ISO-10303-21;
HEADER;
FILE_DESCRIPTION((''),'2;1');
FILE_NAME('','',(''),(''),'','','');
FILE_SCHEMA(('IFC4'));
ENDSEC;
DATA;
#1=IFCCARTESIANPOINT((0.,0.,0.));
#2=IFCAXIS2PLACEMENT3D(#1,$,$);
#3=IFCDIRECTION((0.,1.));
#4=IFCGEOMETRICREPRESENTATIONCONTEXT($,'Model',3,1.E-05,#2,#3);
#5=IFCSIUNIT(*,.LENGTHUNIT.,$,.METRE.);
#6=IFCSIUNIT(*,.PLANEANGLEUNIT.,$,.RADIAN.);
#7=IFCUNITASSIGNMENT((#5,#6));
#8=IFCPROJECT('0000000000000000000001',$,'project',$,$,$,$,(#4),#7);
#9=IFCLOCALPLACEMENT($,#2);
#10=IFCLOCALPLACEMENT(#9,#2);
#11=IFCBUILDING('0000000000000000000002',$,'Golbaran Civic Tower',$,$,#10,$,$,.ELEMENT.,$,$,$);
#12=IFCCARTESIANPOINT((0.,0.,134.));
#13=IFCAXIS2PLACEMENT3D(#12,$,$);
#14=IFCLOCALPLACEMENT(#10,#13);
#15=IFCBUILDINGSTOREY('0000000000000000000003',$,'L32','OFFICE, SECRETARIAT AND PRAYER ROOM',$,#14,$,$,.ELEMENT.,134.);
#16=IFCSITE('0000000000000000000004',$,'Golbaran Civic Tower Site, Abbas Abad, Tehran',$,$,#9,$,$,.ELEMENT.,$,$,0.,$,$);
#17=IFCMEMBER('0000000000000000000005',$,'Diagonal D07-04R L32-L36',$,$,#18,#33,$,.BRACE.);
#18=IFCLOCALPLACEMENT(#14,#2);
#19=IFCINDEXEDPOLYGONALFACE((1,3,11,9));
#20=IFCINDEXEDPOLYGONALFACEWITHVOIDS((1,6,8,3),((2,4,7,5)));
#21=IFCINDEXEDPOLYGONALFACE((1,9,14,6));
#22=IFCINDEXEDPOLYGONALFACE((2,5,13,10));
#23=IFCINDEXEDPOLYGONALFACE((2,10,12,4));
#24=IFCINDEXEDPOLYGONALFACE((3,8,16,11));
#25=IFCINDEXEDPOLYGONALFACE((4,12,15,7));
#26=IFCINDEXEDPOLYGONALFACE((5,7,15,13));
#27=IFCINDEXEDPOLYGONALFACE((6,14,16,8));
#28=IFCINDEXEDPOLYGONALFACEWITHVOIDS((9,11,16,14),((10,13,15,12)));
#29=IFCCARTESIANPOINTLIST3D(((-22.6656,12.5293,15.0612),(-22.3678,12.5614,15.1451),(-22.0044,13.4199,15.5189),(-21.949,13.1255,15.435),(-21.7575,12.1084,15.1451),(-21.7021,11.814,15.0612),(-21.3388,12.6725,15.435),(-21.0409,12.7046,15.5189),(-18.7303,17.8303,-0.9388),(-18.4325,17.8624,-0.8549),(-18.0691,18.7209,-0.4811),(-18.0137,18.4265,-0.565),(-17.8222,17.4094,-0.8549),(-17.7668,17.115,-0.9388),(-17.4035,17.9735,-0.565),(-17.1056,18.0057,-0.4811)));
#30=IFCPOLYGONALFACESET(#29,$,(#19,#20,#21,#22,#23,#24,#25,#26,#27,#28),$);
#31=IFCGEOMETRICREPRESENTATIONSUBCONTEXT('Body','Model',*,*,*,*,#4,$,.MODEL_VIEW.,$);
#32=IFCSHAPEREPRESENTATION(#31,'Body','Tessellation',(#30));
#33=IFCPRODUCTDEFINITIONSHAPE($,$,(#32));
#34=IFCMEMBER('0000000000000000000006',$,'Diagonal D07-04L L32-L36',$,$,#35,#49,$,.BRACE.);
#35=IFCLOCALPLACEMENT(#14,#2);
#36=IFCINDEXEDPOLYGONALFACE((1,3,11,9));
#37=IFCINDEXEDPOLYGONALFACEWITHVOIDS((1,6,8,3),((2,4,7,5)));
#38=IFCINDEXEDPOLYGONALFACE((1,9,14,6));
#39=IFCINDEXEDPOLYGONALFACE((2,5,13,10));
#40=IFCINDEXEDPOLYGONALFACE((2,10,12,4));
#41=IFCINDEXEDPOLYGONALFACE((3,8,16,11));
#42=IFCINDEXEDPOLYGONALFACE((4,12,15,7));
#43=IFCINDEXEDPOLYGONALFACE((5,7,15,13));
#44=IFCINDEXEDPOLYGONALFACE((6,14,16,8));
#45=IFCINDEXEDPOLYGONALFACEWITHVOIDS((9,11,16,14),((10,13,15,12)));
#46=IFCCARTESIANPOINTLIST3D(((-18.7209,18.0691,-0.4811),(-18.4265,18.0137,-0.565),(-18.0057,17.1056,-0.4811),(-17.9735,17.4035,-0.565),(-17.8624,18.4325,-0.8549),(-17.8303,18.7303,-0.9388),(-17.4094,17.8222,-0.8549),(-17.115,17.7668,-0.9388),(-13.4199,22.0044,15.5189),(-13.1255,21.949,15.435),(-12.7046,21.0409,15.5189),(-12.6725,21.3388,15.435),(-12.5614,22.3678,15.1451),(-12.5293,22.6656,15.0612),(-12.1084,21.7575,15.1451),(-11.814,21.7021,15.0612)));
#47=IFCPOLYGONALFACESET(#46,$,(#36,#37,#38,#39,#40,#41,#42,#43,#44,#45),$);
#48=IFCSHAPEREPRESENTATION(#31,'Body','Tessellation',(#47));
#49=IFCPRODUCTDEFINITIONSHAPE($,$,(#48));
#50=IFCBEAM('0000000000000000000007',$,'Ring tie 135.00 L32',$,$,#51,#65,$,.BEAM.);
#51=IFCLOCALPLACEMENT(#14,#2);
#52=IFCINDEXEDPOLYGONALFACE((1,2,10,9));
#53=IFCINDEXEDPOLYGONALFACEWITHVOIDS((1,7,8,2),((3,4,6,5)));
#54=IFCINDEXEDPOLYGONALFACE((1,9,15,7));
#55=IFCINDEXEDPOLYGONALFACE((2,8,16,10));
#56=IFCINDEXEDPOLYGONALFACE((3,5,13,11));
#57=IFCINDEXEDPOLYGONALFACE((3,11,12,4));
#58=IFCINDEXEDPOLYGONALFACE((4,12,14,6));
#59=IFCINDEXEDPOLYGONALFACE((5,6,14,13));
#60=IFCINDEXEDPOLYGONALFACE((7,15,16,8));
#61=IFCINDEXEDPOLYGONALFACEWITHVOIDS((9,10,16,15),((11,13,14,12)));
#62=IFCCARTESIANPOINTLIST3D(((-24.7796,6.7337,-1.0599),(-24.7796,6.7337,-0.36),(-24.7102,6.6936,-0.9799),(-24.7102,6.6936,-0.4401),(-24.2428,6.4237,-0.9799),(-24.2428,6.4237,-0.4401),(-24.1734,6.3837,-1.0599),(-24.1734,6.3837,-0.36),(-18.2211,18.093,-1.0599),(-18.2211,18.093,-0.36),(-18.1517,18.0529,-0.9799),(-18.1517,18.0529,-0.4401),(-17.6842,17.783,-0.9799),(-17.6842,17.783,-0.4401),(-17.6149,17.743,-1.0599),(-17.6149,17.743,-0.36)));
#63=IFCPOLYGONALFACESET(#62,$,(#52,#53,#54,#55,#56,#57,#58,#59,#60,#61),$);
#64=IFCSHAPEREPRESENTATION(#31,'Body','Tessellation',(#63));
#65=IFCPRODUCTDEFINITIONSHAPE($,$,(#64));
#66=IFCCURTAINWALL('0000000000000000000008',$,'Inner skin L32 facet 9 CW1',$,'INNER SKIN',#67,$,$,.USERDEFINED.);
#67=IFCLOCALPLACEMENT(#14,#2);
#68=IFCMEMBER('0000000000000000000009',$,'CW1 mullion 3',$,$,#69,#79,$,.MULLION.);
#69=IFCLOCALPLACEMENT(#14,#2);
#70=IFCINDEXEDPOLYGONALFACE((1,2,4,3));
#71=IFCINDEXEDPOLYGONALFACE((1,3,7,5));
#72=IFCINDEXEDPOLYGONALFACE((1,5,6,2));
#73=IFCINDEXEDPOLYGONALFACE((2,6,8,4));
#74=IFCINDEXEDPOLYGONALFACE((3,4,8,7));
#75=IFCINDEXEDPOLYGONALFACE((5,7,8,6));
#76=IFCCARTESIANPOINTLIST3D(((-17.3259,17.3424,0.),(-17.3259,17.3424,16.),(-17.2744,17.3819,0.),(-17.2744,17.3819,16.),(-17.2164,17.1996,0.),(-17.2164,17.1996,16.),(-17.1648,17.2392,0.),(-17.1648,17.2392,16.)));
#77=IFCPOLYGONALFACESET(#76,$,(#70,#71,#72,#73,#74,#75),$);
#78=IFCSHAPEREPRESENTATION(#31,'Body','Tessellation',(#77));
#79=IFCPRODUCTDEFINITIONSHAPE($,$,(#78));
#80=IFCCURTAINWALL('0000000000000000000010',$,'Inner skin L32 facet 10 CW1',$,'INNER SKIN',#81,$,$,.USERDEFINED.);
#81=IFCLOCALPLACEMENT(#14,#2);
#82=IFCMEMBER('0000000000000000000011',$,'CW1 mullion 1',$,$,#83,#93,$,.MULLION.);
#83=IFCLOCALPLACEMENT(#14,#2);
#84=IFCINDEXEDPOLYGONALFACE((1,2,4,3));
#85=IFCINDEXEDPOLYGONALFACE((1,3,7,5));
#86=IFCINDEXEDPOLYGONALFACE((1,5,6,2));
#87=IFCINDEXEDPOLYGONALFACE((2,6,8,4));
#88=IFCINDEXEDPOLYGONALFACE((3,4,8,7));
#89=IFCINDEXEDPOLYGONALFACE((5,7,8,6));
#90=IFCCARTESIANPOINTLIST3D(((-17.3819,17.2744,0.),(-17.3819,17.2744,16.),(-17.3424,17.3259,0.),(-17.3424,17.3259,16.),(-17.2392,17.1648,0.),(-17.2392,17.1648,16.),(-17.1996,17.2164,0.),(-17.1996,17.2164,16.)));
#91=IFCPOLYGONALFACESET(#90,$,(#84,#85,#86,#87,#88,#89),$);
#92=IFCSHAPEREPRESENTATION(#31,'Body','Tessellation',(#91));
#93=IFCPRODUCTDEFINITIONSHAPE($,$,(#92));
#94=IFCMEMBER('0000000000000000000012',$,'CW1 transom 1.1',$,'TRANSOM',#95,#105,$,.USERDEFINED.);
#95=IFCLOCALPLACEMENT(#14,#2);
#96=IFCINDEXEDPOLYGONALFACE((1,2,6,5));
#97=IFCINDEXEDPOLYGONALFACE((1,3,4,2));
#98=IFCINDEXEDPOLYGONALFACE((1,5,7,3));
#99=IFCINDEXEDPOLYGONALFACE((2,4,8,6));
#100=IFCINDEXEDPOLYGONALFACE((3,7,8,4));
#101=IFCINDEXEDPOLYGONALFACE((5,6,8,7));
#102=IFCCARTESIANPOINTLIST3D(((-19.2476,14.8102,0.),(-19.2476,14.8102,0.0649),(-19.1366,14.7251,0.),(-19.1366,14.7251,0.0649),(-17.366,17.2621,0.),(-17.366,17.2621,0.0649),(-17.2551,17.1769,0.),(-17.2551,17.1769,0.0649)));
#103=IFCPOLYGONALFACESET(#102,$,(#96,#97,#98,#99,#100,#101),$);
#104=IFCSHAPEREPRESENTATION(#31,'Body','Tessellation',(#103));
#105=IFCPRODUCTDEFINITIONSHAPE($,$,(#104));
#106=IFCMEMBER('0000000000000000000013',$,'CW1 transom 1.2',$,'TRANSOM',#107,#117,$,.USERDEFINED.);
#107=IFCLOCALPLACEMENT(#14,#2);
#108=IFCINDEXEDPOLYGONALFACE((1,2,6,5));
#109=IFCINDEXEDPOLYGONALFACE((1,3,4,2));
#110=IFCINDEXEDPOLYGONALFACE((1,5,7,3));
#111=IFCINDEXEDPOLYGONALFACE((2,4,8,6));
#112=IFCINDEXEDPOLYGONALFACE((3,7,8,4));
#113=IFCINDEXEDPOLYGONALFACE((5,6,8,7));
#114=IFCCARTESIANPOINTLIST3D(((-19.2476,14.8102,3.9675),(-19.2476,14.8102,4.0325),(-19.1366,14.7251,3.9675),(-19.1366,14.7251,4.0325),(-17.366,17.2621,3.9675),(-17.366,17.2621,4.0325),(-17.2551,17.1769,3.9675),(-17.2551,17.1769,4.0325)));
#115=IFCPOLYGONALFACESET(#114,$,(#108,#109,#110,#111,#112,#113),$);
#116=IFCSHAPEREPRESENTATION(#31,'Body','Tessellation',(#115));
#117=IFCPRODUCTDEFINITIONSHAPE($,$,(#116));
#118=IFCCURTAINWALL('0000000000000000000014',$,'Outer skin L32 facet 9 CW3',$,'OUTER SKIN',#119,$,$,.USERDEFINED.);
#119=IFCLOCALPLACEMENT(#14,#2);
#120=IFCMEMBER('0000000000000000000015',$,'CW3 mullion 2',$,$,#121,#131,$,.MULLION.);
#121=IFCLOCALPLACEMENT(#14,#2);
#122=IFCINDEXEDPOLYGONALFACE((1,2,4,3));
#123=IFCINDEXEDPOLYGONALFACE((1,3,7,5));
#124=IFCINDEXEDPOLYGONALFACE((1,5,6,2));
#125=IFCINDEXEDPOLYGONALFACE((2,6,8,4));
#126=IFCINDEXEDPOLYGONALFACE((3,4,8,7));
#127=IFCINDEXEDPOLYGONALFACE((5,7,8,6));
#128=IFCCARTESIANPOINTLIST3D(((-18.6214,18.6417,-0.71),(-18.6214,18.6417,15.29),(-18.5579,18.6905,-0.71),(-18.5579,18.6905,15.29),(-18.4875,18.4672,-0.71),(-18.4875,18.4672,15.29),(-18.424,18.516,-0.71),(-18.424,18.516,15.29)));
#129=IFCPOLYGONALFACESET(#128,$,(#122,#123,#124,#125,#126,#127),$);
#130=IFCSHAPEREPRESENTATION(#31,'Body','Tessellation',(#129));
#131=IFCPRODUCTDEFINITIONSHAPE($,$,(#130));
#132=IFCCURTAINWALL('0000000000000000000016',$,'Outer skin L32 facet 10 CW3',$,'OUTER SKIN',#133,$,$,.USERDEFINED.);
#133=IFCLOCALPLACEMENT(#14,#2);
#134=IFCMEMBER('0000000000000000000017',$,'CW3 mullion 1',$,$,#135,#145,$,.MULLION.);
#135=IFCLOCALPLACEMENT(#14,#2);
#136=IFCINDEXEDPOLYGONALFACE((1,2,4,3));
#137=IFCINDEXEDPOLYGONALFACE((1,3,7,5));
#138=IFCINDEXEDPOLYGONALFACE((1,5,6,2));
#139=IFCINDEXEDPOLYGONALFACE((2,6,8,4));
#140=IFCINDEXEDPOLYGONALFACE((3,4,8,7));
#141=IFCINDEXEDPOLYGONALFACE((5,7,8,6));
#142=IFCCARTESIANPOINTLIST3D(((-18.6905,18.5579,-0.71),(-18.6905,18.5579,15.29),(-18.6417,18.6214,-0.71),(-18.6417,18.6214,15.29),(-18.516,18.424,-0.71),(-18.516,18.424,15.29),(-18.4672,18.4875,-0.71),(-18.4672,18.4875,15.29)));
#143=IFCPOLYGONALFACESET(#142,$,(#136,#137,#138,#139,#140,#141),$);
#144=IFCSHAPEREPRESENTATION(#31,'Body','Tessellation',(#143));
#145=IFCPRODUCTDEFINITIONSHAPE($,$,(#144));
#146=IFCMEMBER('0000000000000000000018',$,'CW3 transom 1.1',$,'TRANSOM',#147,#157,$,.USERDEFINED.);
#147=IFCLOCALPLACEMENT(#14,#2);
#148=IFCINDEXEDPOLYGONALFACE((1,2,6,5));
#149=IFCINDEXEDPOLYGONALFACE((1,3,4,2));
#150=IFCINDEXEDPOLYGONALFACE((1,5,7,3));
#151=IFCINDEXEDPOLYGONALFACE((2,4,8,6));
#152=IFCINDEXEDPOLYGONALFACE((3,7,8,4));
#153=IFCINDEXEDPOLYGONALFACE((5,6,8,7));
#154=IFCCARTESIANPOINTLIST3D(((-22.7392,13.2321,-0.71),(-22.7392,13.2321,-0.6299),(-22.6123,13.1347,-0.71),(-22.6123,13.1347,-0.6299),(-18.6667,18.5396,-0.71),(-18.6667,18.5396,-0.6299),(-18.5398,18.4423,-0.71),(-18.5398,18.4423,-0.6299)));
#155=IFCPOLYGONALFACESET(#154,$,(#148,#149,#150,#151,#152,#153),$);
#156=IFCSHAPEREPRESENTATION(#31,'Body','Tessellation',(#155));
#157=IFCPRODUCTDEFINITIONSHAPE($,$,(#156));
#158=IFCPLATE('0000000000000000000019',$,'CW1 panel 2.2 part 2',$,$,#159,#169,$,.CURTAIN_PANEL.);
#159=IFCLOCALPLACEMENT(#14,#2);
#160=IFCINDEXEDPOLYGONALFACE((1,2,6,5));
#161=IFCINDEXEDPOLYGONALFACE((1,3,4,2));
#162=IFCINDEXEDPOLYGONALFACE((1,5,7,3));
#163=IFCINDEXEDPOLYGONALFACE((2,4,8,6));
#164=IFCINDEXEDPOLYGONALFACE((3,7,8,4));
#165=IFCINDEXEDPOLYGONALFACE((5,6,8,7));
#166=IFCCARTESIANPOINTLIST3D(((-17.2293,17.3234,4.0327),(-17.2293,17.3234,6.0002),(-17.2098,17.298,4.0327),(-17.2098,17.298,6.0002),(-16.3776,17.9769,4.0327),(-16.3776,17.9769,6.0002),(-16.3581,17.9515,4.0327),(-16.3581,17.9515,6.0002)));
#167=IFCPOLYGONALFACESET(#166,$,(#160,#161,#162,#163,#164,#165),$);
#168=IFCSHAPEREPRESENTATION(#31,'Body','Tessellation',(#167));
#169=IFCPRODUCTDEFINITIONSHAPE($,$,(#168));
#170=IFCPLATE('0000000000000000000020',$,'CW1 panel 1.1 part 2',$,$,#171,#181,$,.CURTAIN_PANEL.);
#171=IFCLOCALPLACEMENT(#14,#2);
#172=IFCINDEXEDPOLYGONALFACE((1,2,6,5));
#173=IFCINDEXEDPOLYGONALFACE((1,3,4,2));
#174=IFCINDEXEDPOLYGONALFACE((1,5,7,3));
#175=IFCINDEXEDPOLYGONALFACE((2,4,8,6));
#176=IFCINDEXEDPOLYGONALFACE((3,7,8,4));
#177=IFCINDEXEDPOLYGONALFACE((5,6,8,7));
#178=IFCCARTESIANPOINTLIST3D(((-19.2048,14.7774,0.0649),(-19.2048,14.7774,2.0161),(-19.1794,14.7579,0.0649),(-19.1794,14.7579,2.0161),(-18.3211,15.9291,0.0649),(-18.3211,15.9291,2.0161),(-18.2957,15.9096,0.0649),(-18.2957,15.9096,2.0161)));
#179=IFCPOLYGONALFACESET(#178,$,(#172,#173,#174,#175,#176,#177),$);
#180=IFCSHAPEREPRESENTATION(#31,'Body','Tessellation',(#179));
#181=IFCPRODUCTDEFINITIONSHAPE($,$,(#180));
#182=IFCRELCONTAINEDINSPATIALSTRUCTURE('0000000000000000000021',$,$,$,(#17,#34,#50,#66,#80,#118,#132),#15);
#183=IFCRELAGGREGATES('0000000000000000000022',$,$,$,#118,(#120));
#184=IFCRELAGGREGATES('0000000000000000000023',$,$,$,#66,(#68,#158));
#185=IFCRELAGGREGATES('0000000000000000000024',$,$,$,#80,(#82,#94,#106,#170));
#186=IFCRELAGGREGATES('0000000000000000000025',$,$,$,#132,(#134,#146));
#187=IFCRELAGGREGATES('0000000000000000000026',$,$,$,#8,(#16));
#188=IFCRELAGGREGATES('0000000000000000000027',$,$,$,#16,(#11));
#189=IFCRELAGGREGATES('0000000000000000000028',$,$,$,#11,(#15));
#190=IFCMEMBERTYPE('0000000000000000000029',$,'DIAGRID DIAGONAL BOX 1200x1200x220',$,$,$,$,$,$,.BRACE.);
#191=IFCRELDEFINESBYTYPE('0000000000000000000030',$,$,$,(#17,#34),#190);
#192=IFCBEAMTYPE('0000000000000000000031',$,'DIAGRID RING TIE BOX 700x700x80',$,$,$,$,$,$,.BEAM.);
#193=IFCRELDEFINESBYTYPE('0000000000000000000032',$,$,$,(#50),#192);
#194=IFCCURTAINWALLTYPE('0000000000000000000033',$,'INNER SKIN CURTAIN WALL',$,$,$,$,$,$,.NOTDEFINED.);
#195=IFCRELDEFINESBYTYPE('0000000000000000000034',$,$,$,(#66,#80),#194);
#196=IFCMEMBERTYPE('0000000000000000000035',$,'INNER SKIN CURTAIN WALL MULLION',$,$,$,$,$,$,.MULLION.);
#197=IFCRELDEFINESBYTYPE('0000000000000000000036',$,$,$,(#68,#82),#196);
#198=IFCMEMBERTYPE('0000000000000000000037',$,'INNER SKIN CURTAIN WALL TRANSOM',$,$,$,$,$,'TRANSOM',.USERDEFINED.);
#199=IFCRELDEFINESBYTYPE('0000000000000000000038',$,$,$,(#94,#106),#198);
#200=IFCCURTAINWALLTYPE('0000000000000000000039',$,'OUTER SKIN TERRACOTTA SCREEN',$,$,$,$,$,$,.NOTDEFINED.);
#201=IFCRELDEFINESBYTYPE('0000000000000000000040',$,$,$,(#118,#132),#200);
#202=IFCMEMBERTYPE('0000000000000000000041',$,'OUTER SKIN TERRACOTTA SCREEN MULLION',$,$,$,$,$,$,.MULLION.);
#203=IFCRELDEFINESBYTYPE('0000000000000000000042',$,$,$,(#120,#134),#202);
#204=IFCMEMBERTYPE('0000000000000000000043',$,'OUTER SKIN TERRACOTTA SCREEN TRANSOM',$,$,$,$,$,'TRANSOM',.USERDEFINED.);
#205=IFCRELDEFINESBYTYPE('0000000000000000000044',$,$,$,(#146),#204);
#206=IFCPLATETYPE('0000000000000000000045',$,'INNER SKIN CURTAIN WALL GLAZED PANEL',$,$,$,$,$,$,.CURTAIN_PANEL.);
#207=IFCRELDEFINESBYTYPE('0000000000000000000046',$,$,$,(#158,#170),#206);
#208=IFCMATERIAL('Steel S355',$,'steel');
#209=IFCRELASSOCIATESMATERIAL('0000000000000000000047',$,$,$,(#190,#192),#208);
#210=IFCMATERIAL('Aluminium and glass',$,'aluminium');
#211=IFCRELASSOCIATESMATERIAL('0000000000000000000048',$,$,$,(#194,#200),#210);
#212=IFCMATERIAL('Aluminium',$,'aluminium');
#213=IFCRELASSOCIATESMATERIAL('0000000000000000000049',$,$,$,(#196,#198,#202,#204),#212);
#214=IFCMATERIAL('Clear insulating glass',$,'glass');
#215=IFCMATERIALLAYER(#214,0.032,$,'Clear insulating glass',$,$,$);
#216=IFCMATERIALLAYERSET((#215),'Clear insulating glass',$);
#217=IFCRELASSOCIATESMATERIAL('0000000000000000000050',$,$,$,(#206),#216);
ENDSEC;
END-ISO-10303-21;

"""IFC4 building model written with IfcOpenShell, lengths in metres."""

from ifc_helpers import new_model, si_unit, direction, frame, origin, origin_2d, place, context, subcontext, project, spatial, rectangle, hollow_rectangle, extrude, material, layer, layer_set, material_profile, profile_set, type_object, element, aggregate, save


model = new_model("IFC4")

# Units and contexts
model_context = context("Model", 3, precision=1e-05, world=origin(), true_north=direction((0.0, 1.0)))
body_context = subcontext(model_context, "Body", "Model", "MODEL_VIEW")
ifc_project = project(units=[si_unit("LENGTHUNIT", "METRE"), si_unit("PLANEANGLEUNIT", "RADIAN")], contexts=[model_context])

# Site, building, storey
site_placement = place(None, origin())
site = spatial("IfcSite", under=ifc_project, at=site_placement, Name="Golbaran Civic Tower Site, Abbas Abad, Tehran", CompositionType="ELEMENT", RefElevation=0.0)
building_placement = place(site_placement, origin())
building = spatial("IfcBuilding", under=site, at=building_placement, Name="Golbaran Civic Tower", CompositionType="ELEMENT")
storey_placement = place(building_placement, frame((0.0, 0.0, 134.0)))
storey = spatial("IfcBuildingStorey", under=building, at=storey_placement, Name="L32", Description="OFFICE, SECRETARIAT AND PRAYER ROOM", CompositionType="ELEMENT", Elevation=134.0)

# Members
ifc_material_1 = material(Name="Steel S355", Category="steel")
ifc_material_profile_1 = material_profile(ifc_material_1, hollow_rectangle(XDim=1.2, YDim=1.2, WallThickness=0.22, at=origin_2d()), Name="BOX 1200x1200x220")
ifc_profile_set_1 = profile_set([ifc_material_profile_1], Name="Steel S355")
member_type_1 = type_object("IfcMemberType", Name="DIAGRID DIAGONAL BOX 1200x1200x220", PredefinedType="BRACE", material=ifc_profile_set_1)
for number, where, z_axis, x_axis, name in (
    (1, (-17.918, 17.918, -0.71), (-0.227361, -0.306265, 0.924396), (0.802932, -0.59607, 0.0), "Diagonal D07-04R L32-L36"),
    (2, (-17.918, 17.918, -0.71), (0.306265, 0.227361, 0.924396), (-0.59607, 0.802932, 0.0), "Diagonal D07-04L L32-L36"),
):
    element("IfcMember", number, at=place(storey_placement, frame(where, z_axis=z_axis, x_axis=x_axis)), inside=storey, type_object=member_type_1, Name=name, PredefinedType="BRACE", context=body_context, shape_type="SweptSolid", body=[
        extrude(hollow_rectangle(XDim=1.2, YDim=1.2, WallThickness=0.22, at=origin_2d()), origin(), (0.0, 0.0, 1.0), 17.3086),
    ])

# Beam
ifc_material_profile_2 = material_profile(ifc_material_1, hollow_rectangle(XDim=0.7, YDim=0.7, WallThickness=0.0801, at=origin_2d()), Name="BOX 700x700x80")
ifc_profile_set_2 = profile_set([ifc_material_profile_2], Name="Steel S355")
beam_type = type_object("IfcBeamType", Name="DIAGRID RING TIE BOX 700x700x80", PredefinedType="BEAM", material=ifc_profile_set_2)
beam_placement = place(storey_placement, frame((-17.918, 17.918, -0.71), z_axis=(-0.500015, -0.866017, 0.0), x_axis=(0.866017, -0.500015, 0.0)))
element("IfcBeam", 3, at=beam_placement, inside=storey, type_object=beam_type, Name="Ring tie 135.00 L32", PredefinedType="BEAM", context=body_context, shape_type="SweptSolid", body=[
    extrude(hollow_rectangle(XDim=0.7, YDim=0.7, WallThickness=0.0801, at=origin_2d()), origin(), (0.0, 0.0, 1.0), 13.1167),
])

# Curtain wall, member
ifc_material_2 = material(Name="Aluminium and glass", Category="aluminium")
curtain_wall_type_1 = type_object("IfcCurtainWallType", Name="INNER SKIN CURTAIN WALL", PredefinedType="NOTDEFINED", material=ifc_material_2)
curtain_wall_1_placement = place(storey_placement, origin())
curtain_wall_1 = element("IfcCurtainWall", 4, at=curtain_wall_1_placement, inside=storey, type_object=curtain_wall_type_1, Name="Inner skin L32 facet 9 CW1", ObjectType="INNER SKIN", PredefinedType="USERDEFINED")
ifc_material_3 = material(Name="Aluminium", Category="aluminium")
ifc_material_profile_3 = material_profile(ifc_material_3, rectangle(XDim=0.1799, YDim=0.0649, at=origin_2d()), Name="INNER SKIN CURTAIN WALL MULLION")
ifc_profile_set_3 = profile_set([ifc_material_profile_3], Name="Aluminium")
member_type_2 = type_object("IfcMemberType", Name="INNER SKIN CURTAIN WALL MULLION", PredefinedType="MULLION", material=ifc_profile_set_3)
member_1_placement = place(storey_placement, frame((-17.2454, 17.2908, 0.0), z_axis=(0.0, 0.0, 1.0), x_axis=(0.608761, -0.793353, 0.0)))
member_1 = element("IfcMember", 5, at=member_1_placement, type_object=member_type_2, Name="CW1 mullion 3", PredefinedType="MULLION", context=body_context, shape_type="SweptSolid", body=[
    extrude(rectangle(XDim=0.1799, YDim=0.0649, at=origin_2d()), origin(), (0.0, 0.0, 1.0), 16.0),
])

# Curtain wall, members
curtain_wall_2_placement = place(storey_placement, origin())
curtain_wall_2 = element("IfcCurtainWall", 6, at=curtain_wall_2_placement, inside=storey, type_object=curtain_wall_type_1, Name="Inner skin L32 facet 10 CW1", ObjectType="INNER SKIN", PredefinedType="USERDEFINED")
member_2_placement = place(storey_placement, frame((-17.2908, 17.2454, 0.0), z_axis=(0.0, 0.0, 1.0), x_axis=(0.793353, -0.608761, 0.0)))
member_2 = element("IfcMember", 7, at=member_2_placement, type_object=member_type_2, Name="CW1 mullion 1", PredefinedType="MULLION", context=body_context, shape_type="SweptSolid", body=[
    extrude(rectangle(XDim=0.1799, YDim=0.0649, at=origin_2d()), origin(), (0.0, 0.0, 1.0), 16.0),
])
ifc_material_profile_4 = material_profile(ifc_material_3, rectangle(XDim=0.1399, YDim=0.0649, at=origin_2d()), Name="INNER SKIN CURTAIN WALL TRANSOM")
ifc_profile_set_4 = profile_set([ifc_material_profile_4], Name="Aluminium")
member_type_3 = type_object("IfcMemberType", Name="INNER SKIN CURTAIN WALL TRANSOM", ElementType="TRANSOM", PredefinedType="USERDEFINED", material=ifc_profile_set_4)
member_3_placement = place(storey_placement, frame((-17.3105, 17.2195, 0.0325), z_axis=(-0.608798, -0.793325, 0.0), x_axis=(0.793325, -0.608798, 0.0)))
member_3 = element("IfcMember", 8, at=member_3_placement, type_object=member_type_3, Name="CW1 transom 1.1", ObjectType="TRANSOM", PredefinedType="USERDEFINED", context=body_context, shape_type="SweptSolid", body=[
    extrude(rectangle(XDim=0.1399, YDim=0.0649, at=origin_2d()), origin(), (0.0, 0.0, 1.0), 3.0906),
])
member_4_placement = place(storey_placement, frame((-17.3105, 17.2195, 4.0), z_axis=(-0.608798, -0.793325, 0.0), x_axis=(0.793325, -0.608798, 0.0)))
member_4 = element("IfcMember", 9, at=member_4_placement, type_object=member_type_3, Name="CW1 transom 1.2", ObjectType="TRANSOM", PredefinedType="USERDEFINED", context=body_context, shape_type="SweptSolid", body=[
    extrude(rectangle(XDim=0.1399, YDim=0.0649, at=origin_2d()), origin(), (0.0, 0.0, 1.0), 3.0906),
])

# Curtain wall, member
curtain_wall_type_2 = type_object("IfcCurtainWallType", Name="OUTER SKIN TERRACOTTA SCREEN", PredefinedType="NOTDEFINED", material=ifc_material_2)
curtain_wall_3_placement = place(storey_placement, origin())
curtain_wall_3 = element("IfcCurtainWall", 10, at=curtain_wall_3_placement, inside=storey, type_object=curtain_wall_type_2, Name="Outer skin L32 facet 9 CW3", ObjectType="OUTER SKIN", PredefinedType="USERDEFINED")
ifc_material_profile_5 = material_profile(ifc_material_3, rectangle(XDim=0.22, YDim=0.0801, at=origin_2d()), Name="OUTER SKIN TERRACOTTA SCREEN MULLION")
ifc_profile_set_5 = profile_set([ifc_material_profile_5], Name="Aluminium")
member_type_4 = type_object("IfcMemberType", Name="OUTER SKIN TERRACOTTA SCREEN MULLION", PredefinedType="MULLION", material=ifc_profile_set_5)
member_5_placement = place(storey_placement, frame((-18.5227, 18.5789, -0.71), z_axis=(0.0, 0.0, 1.0), x_axis=(0.608761, -0.793353, 0.0)))
member_5 = element("IfcMember", 11, at=member_5_placement, type_object=member_type_4, Name="CW3 mullion 2", PredefinedType="MULLION", context=body_context, shape_type="SweptSolid", body=[
    extrude(rectangle(XDim=0.22, YDim=0.0801, at=origin_2d()), origin(), (0.0, 0.0, 1.0), 16.0),
])
aggregate(curtain_wall_3, [member_5])

# Curtain wall, members
curtain_wall_4_placement = place(storey_placement, origin())
curtain_wall_4 = element("IfcCurtainWall", 12, at=curtain_wall_4_placement, inside=storey, type_object=curtain_wall_type_2, Name="Outer skin L32 facet 10 CW3", ObjectType="OUTER SKIN", PredefinedType="USERDEFINED")
member_6_placement = place(storey_placement, frame((-18.5789, 18.5227, -0.71), z_axis=(0.0, 0.0, 1.0), x_axis=(0.793353, -0.608761, 0.0)))
member_6 = element("IfcMember", 13, at=member_6_placement, type_object=member_type_4, Name="CW3 mullion 1", PredefinedType="MULLION", context=body_context, shape_type="SweptSolid", body=[
    extrude(rectangle(XDim=0.22, YDim=0.0801, at=origin_2d()), origin(), (0.0, 0.0, 1.0), 16.0),
])
ifc_material_profile_6 = material_profile(ifc_material_3, rectangle(XDim=0.1599, YDim=0.0801, at=origin_2d()), Name="OUTER SKIN TERRACOTTA SCREEN TRANSOM")
ifc_profile_set_6 = profile_set([ifc_material_profile_6], Name="Aluminium")
member_type_5 = type_object("IfcMemberType", Name="OUTER SKIN TERRACOTTA SCREEN TRANSOM", ElementType="TRANSOM", PredefinedType="USERDEFINED", material=ifc_profile_set_6)
member_7_placement = place(storey_placement, frame((-18.6033, 18.491, -0.6699), z_axis=(-0.608746, -0.793365, 0.0), x_axis=(0.793365, -0.608746, 0.0)))
member_7 = element("IfcMember", 14, at=member_7_placement, type_object=member_type_5, Name="CW3 transom 1.1", ObjectType="TRANSOM", PredefinedType="USERDEFINED", context=body_context, shape_type="SweptSolid", body=[
    extrude(rectangle(XDim=0.1599, YDim=0.0801, at=origin_2d()), origin(), (0.0, 0.0, 1.0), 6.6899),
])

# Plates
ifc_material_4 = material(Name="Clear insulating glass", Category="glass")
ifc_layer_1 = layer(ifc_material_4, 0.032, Name="Clear insulating glass")
ifc_layer_set_1 = layer_set([ifc_layer_1], Name="Clear insulating glass")
plate_type_1 = type_object("IfcPlateType", Name="INNER SKIN CURTAIN WALL GLAZED PANEL", PredefinedType="CURTAIN_PANEL", material=ifc_layer_set_1)
plate_1_placement = place(storey_placement, frame((-16.7937, 17.6375, 4.0327), z_axis=(0.0, 0.0, 1.0), x_axis=(-0.793353, -0.608761, 0.0)))
plate_1 = element("IfcPlate", 15, at=plate_1_placement, type_object=plate_type_1, Name="CW1 panel 2.2 part 2", PredefinedType="CURTAIN_PANEL", context=body_context, shape_type="SweptSolid", body=[
    extrude(rectangle(XDim=1.0735, YDim=0.032, at=origin_2d()), origin(), (0.0, 0.0, 1.0), 1.9675),
])
plate_2_placement = place(storey_placement, frame((-18.7502, 15.3435, 0.0649), z_axis=(0.0, 0.0, 1.0), x_axis=(-0.608761, -0.793353, 0.0)))
plate_2 = element("IfcPlate", 16, at=plate_2_placement, type_object=plate_type_1, Name="CW1 panel 1.1 part 2", PredefinedType="CURTAIN_PANEL", context=body_context, shape_type="SweptSolid", body=[
    extrude(rectangle(XDim=1.4517, YDim=0.032, at=origin_2d()), origin(), (0.0, 0.0, 1.0), 1.9512),
])
aggregate(curtain_wall_1, [member_1, plate_1])
aggregate(curtain_wall_2, [member_2, member_3, member_4, plate_2])
aggregate(curtain_wall_4, [member_6, member_7])

save(model, "model.ifc")
